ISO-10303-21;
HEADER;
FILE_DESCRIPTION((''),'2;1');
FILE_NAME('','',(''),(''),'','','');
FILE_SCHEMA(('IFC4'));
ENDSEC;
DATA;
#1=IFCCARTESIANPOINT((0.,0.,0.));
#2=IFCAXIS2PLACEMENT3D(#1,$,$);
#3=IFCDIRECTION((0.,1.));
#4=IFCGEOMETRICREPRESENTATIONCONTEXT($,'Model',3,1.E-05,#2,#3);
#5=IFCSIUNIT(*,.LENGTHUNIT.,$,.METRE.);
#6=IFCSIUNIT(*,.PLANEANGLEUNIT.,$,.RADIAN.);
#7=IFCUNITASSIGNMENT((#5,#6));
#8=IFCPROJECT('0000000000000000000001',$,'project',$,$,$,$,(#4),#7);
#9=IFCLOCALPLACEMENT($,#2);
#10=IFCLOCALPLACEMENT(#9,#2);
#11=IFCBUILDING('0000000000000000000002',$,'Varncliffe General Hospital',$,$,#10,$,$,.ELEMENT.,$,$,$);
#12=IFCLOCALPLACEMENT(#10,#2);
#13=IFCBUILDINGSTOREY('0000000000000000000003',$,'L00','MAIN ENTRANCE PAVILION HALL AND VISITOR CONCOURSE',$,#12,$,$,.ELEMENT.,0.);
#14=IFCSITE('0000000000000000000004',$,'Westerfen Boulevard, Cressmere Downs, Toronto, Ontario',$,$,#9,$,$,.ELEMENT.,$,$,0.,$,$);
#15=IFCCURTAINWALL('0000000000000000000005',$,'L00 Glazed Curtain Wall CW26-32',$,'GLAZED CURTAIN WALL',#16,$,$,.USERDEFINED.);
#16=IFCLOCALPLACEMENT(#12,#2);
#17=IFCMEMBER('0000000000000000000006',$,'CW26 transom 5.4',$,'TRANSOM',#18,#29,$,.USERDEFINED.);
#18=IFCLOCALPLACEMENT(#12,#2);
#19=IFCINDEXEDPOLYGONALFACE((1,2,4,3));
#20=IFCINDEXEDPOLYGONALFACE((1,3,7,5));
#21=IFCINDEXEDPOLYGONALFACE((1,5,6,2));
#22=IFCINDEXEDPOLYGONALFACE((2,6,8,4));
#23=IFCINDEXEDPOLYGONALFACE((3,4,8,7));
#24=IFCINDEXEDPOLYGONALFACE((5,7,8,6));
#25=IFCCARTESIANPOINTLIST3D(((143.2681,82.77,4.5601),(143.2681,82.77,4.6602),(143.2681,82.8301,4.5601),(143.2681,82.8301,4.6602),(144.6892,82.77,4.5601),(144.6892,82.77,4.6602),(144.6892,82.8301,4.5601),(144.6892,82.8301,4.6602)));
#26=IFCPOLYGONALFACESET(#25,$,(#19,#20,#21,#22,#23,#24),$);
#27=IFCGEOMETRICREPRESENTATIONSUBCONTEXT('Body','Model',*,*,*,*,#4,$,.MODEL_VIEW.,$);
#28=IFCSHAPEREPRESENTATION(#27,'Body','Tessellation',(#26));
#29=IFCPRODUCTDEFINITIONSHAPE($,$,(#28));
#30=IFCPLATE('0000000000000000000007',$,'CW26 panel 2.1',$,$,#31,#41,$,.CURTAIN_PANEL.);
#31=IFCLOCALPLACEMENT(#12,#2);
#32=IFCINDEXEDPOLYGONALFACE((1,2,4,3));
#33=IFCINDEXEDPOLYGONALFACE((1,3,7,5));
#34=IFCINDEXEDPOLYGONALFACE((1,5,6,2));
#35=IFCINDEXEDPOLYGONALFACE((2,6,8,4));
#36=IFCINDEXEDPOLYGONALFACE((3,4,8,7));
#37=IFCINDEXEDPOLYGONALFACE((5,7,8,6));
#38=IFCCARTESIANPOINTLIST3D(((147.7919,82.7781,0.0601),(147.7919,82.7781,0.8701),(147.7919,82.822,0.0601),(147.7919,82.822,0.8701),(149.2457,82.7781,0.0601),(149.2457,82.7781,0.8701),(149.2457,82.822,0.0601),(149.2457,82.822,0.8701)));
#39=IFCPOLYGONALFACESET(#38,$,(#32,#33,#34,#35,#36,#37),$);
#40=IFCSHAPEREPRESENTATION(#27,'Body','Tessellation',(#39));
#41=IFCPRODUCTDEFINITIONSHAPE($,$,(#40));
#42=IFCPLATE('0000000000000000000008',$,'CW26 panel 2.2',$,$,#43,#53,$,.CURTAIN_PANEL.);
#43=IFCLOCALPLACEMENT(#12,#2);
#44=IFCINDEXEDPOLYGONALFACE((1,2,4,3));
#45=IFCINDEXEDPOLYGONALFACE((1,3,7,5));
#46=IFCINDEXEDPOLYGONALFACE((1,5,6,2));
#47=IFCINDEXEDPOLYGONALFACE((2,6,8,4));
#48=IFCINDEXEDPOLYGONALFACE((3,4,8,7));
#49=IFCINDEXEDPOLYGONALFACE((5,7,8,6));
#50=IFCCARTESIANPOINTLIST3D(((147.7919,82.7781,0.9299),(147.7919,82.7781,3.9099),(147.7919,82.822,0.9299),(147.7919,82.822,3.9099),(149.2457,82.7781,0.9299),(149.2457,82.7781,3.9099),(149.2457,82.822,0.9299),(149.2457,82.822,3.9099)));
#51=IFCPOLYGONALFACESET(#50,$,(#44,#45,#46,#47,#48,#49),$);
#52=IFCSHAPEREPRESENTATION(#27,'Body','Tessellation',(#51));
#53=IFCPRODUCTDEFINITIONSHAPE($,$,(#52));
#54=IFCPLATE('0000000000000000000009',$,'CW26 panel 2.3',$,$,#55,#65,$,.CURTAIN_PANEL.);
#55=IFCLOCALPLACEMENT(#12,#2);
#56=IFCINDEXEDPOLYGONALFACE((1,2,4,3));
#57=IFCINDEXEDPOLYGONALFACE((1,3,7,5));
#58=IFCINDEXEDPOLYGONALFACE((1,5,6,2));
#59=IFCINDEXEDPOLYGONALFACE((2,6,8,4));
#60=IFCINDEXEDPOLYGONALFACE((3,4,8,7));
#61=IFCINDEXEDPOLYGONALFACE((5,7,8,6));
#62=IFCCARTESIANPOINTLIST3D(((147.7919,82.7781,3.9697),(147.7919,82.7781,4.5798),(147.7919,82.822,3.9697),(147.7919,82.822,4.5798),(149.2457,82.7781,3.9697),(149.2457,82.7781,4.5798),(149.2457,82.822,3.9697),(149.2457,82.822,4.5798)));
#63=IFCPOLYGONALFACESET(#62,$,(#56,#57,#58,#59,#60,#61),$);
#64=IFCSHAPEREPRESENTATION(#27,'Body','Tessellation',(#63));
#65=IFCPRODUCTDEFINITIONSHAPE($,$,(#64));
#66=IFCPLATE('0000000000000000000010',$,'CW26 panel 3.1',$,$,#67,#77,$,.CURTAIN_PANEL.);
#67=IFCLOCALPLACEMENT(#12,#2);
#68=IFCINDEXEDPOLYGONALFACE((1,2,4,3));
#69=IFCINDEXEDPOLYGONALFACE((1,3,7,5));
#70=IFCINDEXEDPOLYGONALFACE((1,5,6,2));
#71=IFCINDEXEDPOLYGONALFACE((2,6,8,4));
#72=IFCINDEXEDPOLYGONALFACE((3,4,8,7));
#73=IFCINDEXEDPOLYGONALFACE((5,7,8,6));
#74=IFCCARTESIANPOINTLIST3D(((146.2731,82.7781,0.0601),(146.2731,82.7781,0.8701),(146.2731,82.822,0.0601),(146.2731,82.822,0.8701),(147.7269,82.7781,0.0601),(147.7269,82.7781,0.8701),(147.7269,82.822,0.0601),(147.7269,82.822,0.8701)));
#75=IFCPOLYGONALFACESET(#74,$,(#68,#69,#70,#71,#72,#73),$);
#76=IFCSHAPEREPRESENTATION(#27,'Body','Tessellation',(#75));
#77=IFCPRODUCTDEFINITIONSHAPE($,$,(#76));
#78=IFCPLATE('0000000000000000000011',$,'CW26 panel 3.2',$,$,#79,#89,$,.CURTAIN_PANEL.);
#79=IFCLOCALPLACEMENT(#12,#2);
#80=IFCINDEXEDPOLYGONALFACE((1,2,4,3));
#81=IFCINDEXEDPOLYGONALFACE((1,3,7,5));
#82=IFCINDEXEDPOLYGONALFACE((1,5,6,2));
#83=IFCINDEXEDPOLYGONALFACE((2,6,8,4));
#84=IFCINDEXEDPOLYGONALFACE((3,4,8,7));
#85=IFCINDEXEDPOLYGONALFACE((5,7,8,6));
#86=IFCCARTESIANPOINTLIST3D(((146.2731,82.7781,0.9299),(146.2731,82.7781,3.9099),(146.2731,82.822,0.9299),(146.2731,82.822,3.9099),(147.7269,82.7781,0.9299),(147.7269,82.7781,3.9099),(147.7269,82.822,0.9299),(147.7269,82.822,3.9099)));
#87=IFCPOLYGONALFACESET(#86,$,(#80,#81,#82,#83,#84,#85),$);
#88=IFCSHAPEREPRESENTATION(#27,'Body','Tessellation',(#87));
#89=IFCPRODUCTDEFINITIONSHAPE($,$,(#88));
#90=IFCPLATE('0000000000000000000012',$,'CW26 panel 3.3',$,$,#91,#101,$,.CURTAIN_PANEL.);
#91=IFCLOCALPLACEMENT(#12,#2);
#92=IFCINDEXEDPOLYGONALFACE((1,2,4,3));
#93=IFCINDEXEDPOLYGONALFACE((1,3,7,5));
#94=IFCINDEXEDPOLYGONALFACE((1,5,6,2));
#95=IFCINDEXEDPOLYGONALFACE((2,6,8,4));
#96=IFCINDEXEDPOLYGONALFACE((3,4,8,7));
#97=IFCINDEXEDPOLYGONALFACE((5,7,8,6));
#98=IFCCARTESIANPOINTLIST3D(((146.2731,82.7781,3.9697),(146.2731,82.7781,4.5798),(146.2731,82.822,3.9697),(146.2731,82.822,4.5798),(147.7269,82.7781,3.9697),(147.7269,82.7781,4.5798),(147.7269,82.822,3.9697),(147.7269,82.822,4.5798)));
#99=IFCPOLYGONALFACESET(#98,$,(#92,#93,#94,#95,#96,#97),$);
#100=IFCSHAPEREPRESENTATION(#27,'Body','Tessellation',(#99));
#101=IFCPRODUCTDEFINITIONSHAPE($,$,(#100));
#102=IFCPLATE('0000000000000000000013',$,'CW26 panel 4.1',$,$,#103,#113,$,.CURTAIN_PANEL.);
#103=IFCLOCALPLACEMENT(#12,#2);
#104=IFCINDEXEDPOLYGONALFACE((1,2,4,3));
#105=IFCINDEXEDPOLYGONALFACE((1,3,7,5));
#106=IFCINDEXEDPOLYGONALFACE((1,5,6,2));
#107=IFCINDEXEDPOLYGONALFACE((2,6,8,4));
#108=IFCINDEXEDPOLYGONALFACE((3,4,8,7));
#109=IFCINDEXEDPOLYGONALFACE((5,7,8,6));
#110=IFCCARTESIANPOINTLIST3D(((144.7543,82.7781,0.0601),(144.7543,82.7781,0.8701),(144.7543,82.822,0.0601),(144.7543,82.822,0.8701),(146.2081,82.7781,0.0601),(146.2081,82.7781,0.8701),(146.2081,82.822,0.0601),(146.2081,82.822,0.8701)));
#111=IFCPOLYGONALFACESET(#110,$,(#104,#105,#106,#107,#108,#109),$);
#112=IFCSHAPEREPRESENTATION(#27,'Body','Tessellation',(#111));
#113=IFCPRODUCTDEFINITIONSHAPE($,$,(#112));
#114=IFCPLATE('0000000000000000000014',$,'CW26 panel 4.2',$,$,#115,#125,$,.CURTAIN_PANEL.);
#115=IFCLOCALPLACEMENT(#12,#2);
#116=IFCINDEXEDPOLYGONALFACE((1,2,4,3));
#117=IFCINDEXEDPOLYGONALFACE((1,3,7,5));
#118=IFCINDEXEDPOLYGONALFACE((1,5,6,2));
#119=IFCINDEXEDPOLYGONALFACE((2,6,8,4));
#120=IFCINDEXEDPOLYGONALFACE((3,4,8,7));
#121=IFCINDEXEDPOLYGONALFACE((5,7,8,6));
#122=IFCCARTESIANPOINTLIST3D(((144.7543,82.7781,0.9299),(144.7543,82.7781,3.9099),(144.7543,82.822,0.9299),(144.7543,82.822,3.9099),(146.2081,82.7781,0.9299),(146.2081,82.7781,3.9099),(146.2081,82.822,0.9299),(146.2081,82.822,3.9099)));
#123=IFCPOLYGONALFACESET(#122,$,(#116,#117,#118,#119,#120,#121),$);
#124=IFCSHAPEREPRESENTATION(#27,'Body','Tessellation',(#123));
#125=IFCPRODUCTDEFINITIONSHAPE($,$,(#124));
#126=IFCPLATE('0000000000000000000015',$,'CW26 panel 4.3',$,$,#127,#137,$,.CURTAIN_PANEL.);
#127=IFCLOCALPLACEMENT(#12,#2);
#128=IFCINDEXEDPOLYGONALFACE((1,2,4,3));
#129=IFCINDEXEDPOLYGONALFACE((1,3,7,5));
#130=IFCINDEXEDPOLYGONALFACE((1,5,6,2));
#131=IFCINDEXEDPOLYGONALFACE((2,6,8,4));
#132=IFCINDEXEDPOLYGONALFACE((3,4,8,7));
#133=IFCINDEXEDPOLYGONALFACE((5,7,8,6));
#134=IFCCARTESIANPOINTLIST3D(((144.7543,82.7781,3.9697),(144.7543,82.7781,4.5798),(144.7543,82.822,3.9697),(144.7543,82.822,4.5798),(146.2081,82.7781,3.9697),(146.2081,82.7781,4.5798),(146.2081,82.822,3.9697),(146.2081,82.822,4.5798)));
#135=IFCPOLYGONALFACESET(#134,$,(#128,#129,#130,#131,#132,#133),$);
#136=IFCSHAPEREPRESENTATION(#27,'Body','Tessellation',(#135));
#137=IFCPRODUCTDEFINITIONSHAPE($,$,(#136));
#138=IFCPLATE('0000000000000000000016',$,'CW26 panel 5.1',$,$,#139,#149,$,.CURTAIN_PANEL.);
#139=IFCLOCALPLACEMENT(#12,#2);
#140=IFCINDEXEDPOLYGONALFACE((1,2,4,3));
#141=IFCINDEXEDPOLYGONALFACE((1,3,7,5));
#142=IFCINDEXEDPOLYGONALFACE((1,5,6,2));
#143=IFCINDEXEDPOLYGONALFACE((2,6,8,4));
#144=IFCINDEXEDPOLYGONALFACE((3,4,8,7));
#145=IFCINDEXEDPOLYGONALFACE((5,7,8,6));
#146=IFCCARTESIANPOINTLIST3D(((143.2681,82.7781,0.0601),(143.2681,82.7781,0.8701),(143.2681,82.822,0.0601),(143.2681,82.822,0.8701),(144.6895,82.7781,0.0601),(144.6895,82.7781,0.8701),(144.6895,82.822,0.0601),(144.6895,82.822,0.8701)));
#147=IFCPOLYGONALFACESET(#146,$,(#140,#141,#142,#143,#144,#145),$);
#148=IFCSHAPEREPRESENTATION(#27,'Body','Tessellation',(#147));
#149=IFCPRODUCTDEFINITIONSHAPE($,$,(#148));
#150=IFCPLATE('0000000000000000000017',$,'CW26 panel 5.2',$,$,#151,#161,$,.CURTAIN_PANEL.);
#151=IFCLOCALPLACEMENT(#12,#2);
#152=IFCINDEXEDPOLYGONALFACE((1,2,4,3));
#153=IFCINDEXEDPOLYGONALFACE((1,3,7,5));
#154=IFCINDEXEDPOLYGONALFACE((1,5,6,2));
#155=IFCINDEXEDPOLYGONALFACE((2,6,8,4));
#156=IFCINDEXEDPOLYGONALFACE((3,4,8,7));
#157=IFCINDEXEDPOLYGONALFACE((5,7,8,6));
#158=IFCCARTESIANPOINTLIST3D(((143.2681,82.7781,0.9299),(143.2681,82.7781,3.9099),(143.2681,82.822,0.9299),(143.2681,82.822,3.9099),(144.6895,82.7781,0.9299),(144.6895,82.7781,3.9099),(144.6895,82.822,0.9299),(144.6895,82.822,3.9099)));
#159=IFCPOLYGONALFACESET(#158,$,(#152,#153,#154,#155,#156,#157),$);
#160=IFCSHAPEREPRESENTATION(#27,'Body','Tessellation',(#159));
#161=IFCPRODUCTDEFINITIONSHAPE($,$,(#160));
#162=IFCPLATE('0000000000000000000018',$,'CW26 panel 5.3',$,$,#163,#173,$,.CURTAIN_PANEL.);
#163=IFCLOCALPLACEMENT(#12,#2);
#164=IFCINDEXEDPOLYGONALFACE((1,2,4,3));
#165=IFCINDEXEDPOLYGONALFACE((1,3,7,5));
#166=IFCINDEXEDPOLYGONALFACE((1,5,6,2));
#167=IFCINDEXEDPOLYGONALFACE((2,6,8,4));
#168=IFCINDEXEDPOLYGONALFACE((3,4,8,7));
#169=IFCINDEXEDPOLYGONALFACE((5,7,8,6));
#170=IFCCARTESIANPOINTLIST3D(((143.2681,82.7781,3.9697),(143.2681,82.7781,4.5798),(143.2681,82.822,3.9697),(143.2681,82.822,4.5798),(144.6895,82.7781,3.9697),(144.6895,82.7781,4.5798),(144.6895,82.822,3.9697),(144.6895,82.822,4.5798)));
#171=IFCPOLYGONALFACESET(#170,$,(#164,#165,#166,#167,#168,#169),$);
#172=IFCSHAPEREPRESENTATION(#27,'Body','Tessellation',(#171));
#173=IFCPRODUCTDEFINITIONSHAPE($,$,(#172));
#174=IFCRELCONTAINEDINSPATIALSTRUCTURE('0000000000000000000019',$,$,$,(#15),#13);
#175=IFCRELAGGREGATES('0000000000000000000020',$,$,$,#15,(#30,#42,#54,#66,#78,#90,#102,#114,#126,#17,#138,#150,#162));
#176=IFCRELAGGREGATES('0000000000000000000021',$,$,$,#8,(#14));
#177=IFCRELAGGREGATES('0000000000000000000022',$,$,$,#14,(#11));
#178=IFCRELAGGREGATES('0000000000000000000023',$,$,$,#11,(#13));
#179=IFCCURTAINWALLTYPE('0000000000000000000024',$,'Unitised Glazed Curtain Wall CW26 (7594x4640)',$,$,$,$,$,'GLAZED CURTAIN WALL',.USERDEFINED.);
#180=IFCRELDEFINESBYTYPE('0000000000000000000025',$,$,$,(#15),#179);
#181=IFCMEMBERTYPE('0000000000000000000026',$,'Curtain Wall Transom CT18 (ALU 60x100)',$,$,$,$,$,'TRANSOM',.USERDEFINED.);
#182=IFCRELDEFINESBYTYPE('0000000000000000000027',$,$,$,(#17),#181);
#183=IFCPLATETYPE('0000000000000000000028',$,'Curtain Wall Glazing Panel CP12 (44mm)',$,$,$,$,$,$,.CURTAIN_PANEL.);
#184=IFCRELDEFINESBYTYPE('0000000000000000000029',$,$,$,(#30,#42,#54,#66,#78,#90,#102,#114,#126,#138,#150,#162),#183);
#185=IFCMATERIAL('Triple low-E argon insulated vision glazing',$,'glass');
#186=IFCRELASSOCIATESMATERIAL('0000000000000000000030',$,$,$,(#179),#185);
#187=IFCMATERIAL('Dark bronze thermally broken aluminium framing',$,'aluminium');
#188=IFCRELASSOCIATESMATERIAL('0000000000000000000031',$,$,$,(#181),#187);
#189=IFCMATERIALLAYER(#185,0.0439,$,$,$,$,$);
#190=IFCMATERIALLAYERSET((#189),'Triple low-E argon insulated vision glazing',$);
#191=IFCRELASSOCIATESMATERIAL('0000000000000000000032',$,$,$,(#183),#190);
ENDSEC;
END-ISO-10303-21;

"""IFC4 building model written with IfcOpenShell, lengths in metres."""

from ifc_helpers import new_model, si_unit, direction, frame, origin, origin_2d, place, context, subcontext, project, spatial, rectangle, extrude, material, layer, layer_set, material_profile, profile_set, type_object, element, aggregate, save


model = new_model("IFC4")

# Units and contexts
model_context = context("Model", 3, precision=1e-05, world=origin(), true_north=direction((0.0, 1.0)))
body_context = subcontext(model_context, "Body", "Model", "MODEL_VIEW")
ifc_project = project(units=[si_unit("LENGTHUNIT", "METRE"), si_unit("PLANEANGLEUNIT", "RADIAN")], contexts=[model_context])

# Site, building, storey
site_placement = place(None, origin())
site = spatial("IfcSite", under=ifc_project, at=site_placement, Name="Westerfen Boulevard, Cressmere Downs, Toronto, Ontario", CompositionType="ELEMENT", RefElevation=0.0)
building_placement = place(site_placement, origin())
building = spatial("IfcBuilding", under=site, at=building_placement, Name="Varncliffe General Hospital", CompositionType="ELEMENT")
storey_placement = place(building_placement, origin())
storey = spatial("IfcBuildingStorey", under=building, at=storey_placement, Name="L00", Description="MAIN ENTRANCE PAVILION HALL AND VISITOR CONCOURSE", CompositionType="ELEMENT", Elevation=0.0)

# Curtain wall, member, plates
ifc_material_1 = material(Name="Triple low-E argon insulated vision glazing", Category="glass")
curtain_wall_type = type_object("IfcCurtainWallType", Name="Unitised Glazed Curtain Wall CW26 (7594x4640)", ElementType="GLAZED CURTAIN WALL", PredefinedType="USERDEFINED", material=ifc_material_1)
curtain_wall_placement = place(storey_placement, origin())
curtain_wall = element("IfcCurtainWall", 1, at=curtain_wall_placement, inside=storey, type_object=curtain_wall_type, Name="L00 Glazed Curtain Wall CW26-32", ObjectType="GLAZED CURTAIN WALL", PredefinedType="USERDEFINED")
ifc_material_2 = material(Name="Dark bronze thermally broken aluminium framing", Category="aluminium")
ifc_material_profile_1 = material_profile(ifc_material_2, rectangle(XDim=0.0601, YDim=0.1001, at=origin_2d()), Name="ALU 60x100")
ifc_profile_set_1 = profile_set([ifc_material_profile_1], Name="Dark bronze thermally broken aluminium framing")
member_type_1 = type_object("IfcMemberType", Name="Curtain Wall Transom CT18 (ALU 60x100)", ElementType="TRANSOM", PredefinedType="USERDEFINED", material=ifc_profile_set_1)
member_1_placement = place(storey_placement, frame((144.6892, 82.8, 4.6101), z_axis=(-1.0, 0.0, 0.0), x_axis=(0.0, -1.0, 0.0)))
member_1 = element("IfcMember", 2, at=member_1_placement, type_object=member_type_1, Name="CW26 transom 5.4", ObjectType="TRANSOM", PredefinedType="USERDEFINED", context=body_context, shape_type="SweptSolid", body=[
    extrude(rectangle(XDim=0.0601, YDim=0.1001, at=origin_2d()), origin(), (0.0, 0.0, 1.0), 1.4211),
])
ifc_layer = layer(ifc_material_1, 0.0439)
ifc_layer_set = layer_set([ifc_layer], Name="Triple low-E argon insulated vision glazing")
plate_type = type_object("IfcPlateType", Name="Curtain Wall Glazing Panel CP12 (44mm)", PredefinedType="CURTAIN_PANEL", material=ifc_layer_set)
plate_1_placement = place(storey_placement, frame((148.5188, 82.8, 0.0601), z_axis=(0.0, 0.0, 1.0), x_axis=(-1.0, 0.0, 0.0)))
plate_1 = element("IfcPlate", 3, at=plate_1_placement, type_object=plate_type, Name="CW26 panel 2.1", PredefinedType="CURTAIN_PANEL", context=body_context, shape_type="SweptSolid", body=[
    extrude(rectangle(XDim=1.4539, YDim=0.0439, at=origin_2d()), origin(), (0.0, 0.0, 1.0), 0.8101),
])
plate_2_placement = place(storey_placement, frame((148.5188, 82.8, 0.9299), z_axis=(0.0, 0.0, 1.0), x_axis=(-1.0, 0.0, 0.0)))
plate_2 = element("IfcPlate", 4, at=plate_2_placement, type_object=plate_type, Name="CW26 panel 2.2", PredefinedType="CURTAIN_PANEL", context=body_context, shape_type="SweptSolid", body=[
    extrude(rectangle(XDim=1.4539, YDim=0.0439, at=origin_2d()), origin(), (0.0, 0.0, 1.0), 2.98),
])
plate_3_placement = place(storey_placement, frame((148.5188, 82.8, 3.9697), z_axis=(0.0, 0.0, 1.0), x_axis=(-1.0, 0.0, 0.0)))
plate_3 = element("IfcPlate", 5, at=plate_3_placement, type_object=plate_type, Name="CW26 panel 2.3", PredefinedType="CURTAIN_PANEL", context=body_context, shape_type="SweptSolid", body=[
    extrude(rectangle(XDim=1.4539, YDim=0.0439, at=origin_2d()), origin(), (0.0, 0.0, 1.0), 0.6101),
])
plate_4_placement = place(storey_placement, frame((147.0, 82.8, 0.0601), z_axis=(0.0, 0.0, 1.0), x_axis=(-1.0, 0.0, 0.0)))
plate_4 = element("IfcPlate", 6, at=plate_4_placement, type_object=plate_type, Name="CW26 panel 3.1", PredefinedType="CURTAIN_PANEL", context=body_context, shape_type="SweptSolid", body=[
    extrude(rectangle(XDim=1.4539, YDim=0.0439, at=origin_2d()), origin(), (0.0, 0.0, 1.0), 0.8101),
])
plate_5_placement = place(storey_placement, frame((147.0, 82.8, 0.9299), z_axis=(0.0, 0.0, 1.0), x_axis=(-1.0, 0.0, 0.0)))
plate_5 = element("IfcPlate", 7, at=plate_5_placement, type_object=plate_type, Name="CW26 panel 3.2", PredefinedType="CURTAIN_PANEL", context=body_context, shape_type="SweptSolid", body=[
    extrude(rectangle(XDim=1.4539, YDim=0.0439, at=origin_2d()), origin(), (0.0, 0.0, 1.0), 2.98),
])
plate_6_placement = place(storey_placement, frame((147.0, 82.8, 3.9697), z_axis=(0.0, 0.0, 1.0), x_axis=(-1.0, 0.0, 0.0)))
plate_6 = element("IfcPlate", 8, at=plate_6_placement, type_object=plate_type, Name="CW26 panel 3.3", PredefinedType="CURTAIN_PANEL", context=body_context, shape_type="SweptSolid", body=[
    extrude(rectangle(XDim=1.4539, YDim=0.0439, at=origin_2d()), origin(), (0.0, 0.0, 1.0), 0.6101),
])
plate_7_placement = place(storey_placement, frame((145.4812, 82.8, 0.0601), z_axis=(0.0, 0.0, 1.0), x_axis=(-1.0, 0.0, 0.0)))
plate_7 = element("IfcPlate", 9, at=plate_7_placement, type_object=plate_type, Name="CW26 panel 4.1", PredefinedType="CURTAIN_PANEL", context=body_context, shape_type="SweptSolid", body=[
    extrude(rectangle(XDim=1.4539, YDim=0.0439, at=origin_2d()), origin(), (0.0, 0.0, 1.0), 0.8101),
])
plate_8_placement = place(storey_placement, frame((145.4812, 82.8, 0.9299), z_axis=(0.0, 0.0, 1.0), x_axis=(-1.0, 0.0, 0.0)))
plate_8 = element("IfcPlate", 10, at=plate_8_placement, type_object=plate_type, Name="CW26 panel 4.2", PredefinedType="CURTAIN_PANEL", context=body_context, shape_type="SweptSolid", body=[
    extrude(rectangle(XDim=1.4539, YDim=0.0439, at=origin_2d()), origin(), (0.0, 0.0, 1.0), 2.98),
])
plate_9_placement = place(storey_placement, frame((145.4812, 82.8, 3.9697), z_axis=(0.0, 0.0, 1.0), x_axis=(-1.0, 0.0, 0.0)))
plate_9 = element("IfcPlate", 11, at=plate_9_placement, type_object=plate_type, Name="CW26 panel 4.3", PredefinedType="CURTAIN_PANEL", context=body_context, shape_type="SweptSolid", body=[
    extrude(rectangle(XDim=1.4539, YDim=0.0439, at=origin_2d()), origin(), (0.0, 0.0, 1.0), 0.6101),
])
plate_10_placement = place(storey_placement, frame((143.9788, 82.8, 0.0601), z_axis=(0.0, 0.0, 1.0), x_axis=(-1.0, 0.0, 0.0)))
plate_10 = element("IfcPlate", 12, at=plate_10_placement, type_object=plate_type, Name="CW26 panel 5.1", PredefinedType="CURTAIN_PANEL", context=body_context, shape_type="SweptSolid", body=[
    extrude(rectangle(XDim=1.4214, YDim=0.0439, at=origin_2d()), origin(), (0.0, 0.0, 1.0), 0.8101),
])
plate_11_placement = place(storey_placement, frame((143.9788, 82.8, 0.9299), z_axis=(0.0, 0.0, 1.0), x_axis=(-1.0, 0.0, 0.0)))
plate_11 = element("IfcPlate", 13, at=plate_11_placement, type_object=plate_type, Name="CW26 panel 5.2", PredefinedType="CURTAIN_PANEL", context=body_context, shape_type="SweptSolid", body=[
    extrude(rectangle(XDim=1.4214, YDim=0.0439, at=origin_2d()), origin(), (0.0, 0.0, 1.0), 2.98),
])
plate_12_placement = place(storey_placement, frame((143.9788, 82.8, 3.9697), z_axis=(0.0, 0.0, 1.0), x_axis=(-1.0, 0.0, 0.0)))
plate_12 = element("IfcPlate", 14, at=plate_12_placement, type_object=plate_type, Name="CW26 panel 5.3", PredefinedType="CURTAIN_PANEL", context=body_context, shape_type="SweptSolid", body=[
    extrude(rectangle(XDim=1.4214, YDim=0.0439, at=origin_2d()), origin(), (0.0, 0.0, 1.0), 0.6101),
])
aggregate(curtain_wall, [plate_1, plate_2, plate_3, plate_4, plate_5, plate_6, plate_7, plate_8, plate_9, member_1, plate_10, plate_11, plate_12])

save(model, "model.ifc")
